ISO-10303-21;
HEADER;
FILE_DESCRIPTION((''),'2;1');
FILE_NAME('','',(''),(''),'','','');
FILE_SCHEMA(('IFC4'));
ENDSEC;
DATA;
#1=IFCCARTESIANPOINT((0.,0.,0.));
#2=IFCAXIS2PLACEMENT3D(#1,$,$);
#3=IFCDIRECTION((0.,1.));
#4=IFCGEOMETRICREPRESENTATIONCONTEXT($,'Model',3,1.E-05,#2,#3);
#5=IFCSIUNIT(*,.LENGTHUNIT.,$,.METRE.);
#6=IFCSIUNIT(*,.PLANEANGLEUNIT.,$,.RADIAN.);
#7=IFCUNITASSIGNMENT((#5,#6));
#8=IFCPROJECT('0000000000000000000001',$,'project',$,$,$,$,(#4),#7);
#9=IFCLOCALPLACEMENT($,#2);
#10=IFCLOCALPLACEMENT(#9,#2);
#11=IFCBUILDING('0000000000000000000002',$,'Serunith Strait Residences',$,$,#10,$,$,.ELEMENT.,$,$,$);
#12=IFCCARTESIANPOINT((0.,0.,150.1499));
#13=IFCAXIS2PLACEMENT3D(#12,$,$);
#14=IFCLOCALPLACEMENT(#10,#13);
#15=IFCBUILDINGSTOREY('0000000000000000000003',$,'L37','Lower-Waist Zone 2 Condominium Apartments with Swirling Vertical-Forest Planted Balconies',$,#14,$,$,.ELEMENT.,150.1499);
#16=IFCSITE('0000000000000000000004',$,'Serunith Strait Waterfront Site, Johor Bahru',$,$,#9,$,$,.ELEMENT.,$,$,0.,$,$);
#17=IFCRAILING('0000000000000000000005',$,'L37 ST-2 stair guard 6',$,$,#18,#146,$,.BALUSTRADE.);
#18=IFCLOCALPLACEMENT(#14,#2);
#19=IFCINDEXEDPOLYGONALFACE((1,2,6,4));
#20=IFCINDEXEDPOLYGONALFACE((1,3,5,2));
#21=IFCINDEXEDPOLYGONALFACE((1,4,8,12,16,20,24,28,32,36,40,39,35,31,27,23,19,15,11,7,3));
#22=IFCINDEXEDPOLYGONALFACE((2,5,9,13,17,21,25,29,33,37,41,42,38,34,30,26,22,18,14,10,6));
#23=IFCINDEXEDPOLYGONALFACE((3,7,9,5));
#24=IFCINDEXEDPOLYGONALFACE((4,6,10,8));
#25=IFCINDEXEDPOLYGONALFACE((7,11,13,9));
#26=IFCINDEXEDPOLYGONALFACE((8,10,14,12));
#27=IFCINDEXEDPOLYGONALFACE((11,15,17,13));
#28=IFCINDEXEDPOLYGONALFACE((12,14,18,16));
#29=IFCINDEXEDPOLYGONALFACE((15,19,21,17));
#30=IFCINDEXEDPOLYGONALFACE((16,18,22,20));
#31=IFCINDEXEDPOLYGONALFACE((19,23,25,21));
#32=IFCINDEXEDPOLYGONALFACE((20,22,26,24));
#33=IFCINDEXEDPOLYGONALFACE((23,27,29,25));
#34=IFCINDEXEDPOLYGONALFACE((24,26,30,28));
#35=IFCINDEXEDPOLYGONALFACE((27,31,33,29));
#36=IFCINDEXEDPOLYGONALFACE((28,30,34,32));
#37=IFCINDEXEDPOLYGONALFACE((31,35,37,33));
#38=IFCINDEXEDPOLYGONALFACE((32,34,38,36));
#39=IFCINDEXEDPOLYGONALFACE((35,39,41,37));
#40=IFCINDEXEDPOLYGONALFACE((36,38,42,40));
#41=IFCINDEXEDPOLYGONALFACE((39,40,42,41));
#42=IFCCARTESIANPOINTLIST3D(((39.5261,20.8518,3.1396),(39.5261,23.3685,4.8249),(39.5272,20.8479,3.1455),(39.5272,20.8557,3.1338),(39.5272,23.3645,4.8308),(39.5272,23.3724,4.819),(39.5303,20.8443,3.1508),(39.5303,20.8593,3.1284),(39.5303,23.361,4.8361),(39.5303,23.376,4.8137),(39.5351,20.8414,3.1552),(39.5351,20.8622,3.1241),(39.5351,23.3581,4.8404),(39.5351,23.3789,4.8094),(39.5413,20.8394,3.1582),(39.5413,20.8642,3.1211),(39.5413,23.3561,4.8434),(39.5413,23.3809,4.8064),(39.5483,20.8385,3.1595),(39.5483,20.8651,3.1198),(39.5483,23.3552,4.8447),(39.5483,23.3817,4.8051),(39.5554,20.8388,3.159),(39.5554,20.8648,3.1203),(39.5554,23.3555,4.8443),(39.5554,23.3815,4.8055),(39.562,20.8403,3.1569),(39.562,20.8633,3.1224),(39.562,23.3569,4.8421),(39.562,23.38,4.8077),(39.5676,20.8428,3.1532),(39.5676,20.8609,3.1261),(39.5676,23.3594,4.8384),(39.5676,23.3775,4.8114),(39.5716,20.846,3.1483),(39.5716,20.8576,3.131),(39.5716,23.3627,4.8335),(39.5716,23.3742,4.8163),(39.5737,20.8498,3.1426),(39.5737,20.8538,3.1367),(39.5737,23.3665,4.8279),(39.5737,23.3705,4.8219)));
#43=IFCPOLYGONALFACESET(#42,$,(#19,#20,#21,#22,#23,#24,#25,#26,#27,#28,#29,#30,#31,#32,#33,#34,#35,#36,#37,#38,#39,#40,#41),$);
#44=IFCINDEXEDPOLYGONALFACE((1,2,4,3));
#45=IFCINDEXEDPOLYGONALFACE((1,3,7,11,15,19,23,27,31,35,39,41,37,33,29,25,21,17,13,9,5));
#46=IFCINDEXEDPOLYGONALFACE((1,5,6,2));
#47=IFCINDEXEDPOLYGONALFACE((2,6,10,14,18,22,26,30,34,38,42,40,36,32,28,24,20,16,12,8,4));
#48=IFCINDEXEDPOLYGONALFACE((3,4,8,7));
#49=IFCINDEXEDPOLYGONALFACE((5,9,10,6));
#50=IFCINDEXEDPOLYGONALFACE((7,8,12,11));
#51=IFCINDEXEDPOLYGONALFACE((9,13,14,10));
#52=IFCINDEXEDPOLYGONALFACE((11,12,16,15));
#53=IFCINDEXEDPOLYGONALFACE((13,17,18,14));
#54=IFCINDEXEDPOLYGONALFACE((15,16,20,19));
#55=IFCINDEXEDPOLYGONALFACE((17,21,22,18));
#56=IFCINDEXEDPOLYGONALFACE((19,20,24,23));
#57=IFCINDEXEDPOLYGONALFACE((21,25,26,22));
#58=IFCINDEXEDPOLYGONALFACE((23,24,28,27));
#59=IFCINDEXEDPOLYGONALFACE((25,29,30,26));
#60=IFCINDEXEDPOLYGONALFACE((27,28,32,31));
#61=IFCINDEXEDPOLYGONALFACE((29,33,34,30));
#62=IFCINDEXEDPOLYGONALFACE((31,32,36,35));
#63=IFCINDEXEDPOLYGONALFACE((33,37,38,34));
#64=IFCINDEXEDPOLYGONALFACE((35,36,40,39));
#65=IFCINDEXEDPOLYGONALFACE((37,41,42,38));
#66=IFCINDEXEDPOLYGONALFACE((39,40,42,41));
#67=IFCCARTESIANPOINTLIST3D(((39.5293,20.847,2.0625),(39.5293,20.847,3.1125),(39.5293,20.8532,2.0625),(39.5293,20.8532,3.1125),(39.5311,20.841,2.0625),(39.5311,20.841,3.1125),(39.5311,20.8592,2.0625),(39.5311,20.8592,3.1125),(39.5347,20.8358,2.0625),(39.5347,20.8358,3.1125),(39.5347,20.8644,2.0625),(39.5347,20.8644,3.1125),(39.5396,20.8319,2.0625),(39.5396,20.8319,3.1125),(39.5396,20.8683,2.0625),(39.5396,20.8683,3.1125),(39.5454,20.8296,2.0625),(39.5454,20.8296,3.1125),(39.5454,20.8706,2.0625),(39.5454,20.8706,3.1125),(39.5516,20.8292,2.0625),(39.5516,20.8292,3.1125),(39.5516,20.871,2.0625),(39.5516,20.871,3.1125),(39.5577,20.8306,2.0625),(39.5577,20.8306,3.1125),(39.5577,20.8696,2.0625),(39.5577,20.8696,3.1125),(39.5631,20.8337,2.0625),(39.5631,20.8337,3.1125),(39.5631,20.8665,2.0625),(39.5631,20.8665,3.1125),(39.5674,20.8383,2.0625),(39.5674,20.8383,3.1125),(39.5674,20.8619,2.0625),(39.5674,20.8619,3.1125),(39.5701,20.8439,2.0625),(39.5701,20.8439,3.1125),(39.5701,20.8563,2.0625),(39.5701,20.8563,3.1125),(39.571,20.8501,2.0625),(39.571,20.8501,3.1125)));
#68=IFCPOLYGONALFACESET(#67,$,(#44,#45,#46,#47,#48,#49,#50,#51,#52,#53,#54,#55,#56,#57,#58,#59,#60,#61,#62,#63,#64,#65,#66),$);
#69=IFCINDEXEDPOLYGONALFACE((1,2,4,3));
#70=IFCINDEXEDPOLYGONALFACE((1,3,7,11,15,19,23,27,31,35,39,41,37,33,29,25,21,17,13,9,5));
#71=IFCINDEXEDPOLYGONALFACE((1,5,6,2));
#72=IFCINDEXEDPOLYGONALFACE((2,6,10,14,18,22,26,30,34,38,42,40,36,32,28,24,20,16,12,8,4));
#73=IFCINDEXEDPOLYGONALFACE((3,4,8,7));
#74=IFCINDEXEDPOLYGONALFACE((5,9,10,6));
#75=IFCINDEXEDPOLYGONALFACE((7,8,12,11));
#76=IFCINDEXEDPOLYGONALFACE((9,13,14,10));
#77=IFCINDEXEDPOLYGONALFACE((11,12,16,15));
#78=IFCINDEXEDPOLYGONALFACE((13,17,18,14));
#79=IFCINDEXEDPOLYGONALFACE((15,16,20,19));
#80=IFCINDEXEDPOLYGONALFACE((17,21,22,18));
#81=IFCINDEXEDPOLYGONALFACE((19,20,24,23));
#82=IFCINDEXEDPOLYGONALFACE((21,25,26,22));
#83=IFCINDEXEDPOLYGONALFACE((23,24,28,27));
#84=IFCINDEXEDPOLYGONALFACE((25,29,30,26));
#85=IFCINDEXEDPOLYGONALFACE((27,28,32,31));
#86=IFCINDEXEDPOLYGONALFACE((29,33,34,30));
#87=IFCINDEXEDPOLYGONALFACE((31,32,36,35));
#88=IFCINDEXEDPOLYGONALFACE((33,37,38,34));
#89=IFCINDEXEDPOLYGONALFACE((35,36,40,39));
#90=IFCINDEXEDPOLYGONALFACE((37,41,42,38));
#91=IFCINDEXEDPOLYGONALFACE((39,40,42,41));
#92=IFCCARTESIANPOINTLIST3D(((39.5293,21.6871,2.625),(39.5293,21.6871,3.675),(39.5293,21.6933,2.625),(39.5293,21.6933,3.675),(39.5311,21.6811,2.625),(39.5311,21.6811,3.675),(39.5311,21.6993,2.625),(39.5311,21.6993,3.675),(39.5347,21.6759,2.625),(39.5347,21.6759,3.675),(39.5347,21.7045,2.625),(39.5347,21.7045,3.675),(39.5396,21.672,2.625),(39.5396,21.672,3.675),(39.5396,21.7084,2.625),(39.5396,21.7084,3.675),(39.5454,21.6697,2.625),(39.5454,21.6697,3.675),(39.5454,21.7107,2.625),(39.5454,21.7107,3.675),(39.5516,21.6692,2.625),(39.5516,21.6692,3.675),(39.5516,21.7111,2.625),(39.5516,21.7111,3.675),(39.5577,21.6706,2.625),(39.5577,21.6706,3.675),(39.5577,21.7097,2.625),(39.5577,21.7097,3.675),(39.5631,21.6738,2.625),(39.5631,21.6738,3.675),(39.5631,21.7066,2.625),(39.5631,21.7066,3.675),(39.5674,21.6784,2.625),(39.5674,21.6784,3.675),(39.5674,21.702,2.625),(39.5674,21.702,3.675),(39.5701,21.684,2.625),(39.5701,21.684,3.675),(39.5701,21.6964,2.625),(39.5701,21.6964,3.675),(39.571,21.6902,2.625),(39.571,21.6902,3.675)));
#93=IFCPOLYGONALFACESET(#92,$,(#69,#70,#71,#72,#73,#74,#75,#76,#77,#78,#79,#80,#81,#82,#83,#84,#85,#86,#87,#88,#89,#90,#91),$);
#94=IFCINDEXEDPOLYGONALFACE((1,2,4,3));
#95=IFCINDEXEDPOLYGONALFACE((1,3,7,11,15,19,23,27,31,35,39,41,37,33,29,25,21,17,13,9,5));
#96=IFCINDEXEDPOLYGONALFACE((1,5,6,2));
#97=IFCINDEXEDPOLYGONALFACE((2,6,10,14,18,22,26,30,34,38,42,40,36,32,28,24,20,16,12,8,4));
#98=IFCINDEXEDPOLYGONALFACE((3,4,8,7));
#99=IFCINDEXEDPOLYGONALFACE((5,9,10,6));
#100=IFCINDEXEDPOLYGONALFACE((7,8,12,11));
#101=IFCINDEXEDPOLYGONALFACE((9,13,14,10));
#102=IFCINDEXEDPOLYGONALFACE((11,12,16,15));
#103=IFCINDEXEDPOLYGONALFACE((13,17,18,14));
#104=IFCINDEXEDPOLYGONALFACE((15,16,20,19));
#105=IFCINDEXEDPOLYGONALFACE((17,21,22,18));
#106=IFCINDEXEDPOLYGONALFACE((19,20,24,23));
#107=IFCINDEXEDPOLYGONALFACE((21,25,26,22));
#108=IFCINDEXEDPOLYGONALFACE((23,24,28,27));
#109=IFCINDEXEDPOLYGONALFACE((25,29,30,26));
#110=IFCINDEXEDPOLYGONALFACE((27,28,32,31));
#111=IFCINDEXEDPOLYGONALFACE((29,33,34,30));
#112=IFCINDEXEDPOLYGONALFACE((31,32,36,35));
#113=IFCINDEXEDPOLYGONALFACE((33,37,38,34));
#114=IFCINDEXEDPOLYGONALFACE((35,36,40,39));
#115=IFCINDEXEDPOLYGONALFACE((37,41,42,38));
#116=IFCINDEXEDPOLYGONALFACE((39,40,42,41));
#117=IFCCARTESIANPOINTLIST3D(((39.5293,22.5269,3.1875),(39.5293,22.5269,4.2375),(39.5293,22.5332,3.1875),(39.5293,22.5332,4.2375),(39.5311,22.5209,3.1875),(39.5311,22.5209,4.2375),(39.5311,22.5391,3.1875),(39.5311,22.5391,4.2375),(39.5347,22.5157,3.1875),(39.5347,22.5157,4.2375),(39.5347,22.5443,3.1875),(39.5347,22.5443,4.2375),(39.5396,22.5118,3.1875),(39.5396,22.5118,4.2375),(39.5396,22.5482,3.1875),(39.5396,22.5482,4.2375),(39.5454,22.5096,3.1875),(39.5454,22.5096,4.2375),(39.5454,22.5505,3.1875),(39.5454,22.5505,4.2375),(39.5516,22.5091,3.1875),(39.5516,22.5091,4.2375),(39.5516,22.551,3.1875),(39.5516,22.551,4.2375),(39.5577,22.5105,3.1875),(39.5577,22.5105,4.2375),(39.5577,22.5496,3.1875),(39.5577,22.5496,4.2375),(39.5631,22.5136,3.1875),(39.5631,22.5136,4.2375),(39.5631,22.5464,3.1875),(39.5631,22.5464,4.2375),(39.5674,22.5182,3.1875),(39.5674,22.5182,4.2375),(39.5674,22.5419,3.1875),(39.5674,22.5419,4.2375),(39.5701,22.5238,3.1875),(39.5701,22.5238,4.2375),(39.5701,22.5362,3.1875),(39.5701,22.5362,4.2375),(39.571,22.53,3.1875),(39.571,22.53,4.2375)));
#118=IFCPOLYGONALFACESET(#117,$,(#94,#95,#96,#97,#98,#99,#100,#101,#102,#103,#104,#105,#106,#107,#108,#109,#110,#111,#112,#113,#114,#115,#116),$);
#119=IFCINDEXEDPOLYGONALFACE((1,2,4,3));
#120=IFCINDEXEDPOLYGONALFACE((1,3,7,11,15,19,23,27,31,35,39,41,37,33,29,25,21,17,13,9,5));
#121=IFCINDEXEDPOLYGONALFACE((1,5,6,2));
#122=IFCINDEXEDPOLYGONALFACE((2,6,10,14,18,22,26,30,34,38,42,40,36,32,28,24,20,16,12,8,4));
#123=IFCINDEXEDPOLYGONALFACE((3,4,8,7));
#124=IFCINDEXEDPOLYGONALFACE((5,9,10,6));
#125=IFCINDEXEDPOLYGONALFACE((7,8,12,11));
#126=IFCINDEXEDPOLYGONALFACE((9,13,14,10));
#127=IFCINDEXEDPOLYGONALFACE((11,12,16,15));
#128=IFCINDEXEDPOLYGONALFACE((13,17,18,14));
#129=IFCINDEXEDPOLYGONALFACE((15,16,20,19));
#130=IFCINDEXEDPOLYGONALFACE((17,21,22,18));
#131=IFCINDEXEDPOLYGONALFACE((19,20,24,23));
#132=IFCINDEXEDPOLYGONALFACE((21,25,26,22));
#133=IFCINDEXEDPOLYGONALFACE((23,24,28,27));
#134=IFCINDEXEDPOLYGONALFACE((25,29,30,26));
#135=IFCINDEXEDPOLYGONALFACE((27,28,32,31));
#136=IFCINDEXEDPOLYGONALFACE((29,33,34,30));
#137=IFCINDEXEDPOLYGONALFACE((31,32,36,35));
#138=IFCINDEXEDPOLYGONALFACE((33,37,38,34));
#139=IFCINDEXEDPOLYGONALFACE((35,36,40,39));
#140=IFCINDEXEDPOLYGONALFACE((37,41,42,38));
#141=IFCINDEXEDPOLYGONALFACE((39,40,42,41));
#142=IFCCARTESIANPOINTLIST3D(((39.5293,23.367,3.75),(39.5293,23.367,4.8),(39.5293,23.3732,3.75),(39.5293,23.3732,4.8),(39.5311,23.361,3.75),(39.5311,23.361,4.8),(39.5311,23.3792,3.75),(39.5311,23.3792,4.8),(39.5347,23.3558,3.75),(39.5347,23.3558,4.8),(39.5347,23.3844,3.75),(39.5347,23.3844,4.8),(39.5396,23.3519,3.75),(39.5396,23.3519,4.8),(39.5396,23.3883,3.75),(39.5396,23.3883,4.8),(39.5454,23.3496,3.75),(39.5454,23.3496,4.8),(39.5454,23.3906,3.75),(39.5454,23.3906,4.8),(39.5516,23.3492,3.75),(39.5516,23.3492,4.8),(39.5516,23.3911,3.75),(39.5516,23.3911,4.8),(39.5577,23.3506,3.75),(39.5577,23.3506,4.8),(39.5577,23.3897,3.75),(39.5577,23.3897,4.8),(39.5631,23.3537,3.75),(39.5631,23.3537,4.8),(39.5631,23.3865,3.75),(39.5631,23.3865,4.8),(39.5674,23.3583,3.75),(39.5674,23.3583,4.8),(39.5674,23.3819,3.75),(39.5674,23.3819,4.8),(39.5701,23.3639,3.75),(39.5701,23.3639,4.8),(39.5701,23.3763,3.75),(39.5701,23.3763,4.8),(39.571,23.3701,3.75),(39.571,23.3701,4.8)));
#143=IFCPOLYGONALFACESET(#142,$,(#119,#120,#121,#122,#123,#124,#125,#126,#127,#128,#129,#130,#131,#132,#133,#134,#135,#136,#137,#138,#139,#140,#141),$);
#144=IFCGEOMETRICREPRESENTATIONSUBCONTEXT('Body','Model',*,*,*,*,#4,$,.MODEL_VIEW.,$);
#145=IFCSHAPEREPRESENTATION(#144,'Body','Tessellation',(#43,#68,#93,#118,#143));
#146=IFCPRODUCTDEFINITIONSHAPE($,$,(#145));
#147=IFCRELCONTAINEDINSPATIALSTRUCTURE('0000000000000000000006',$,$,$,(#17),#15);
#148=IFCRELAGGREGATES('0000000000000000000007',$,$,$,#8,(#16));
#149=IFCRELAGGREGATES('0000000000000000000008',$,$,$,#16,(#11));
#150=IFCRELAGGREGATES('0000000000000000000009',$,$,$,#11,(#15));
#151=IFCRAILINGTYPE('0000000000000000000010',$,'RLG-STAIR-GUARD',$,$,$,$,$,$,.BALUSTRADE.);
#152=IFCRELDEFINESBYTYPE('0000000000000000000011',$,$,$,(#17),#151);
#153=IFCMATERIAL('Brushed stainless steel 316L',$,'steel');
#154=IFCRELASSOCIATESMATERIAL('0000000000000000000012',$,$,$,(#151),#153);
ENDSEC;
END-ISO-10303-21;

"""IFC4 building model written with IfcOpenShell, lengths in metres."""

from ifc_helpers import new_model, si_unit, direction, frame, origin, origin_2d, place, context, subcontext, project, spatial, circle, extrude, material, type_object, element, save


model = new_model("IFC4")

# Units and contexts
model_context = context("Model", 3, precision=1e-05, world=origin(), true_north=direction((0.0, 1.0)))
body_context = subcontext(model_context, "Body", "Model", "MODEL_VIEW")
ifc_project = project(units=[si_unit("LENGTHUNIT", "METRE"), si_unit("PLANEANGLEUNIT", "RADIAN")], contexts=[model_context])

# Site, building, storey
site_placement = place(None, origin())
site = spatial("IfcSite", under=ifc_project, at=site_placement, Name="Serunith Strait Waterfront Site, Johor Bahru", CompositionType="ELEMENT", RefElevation=0.0)
building_placement = place(site_placement, origin())
building = spatial("IfcBuilding", under=site, at=building_placement, Name="Serunith Strait Residences", CompositionType="ELEMENT")
storey_placement = place(building_placement, frame((0.0, 0.0, 150.1499)))
storey = spatial("IfcBuildingStorey", under=building, at=storey_placement, Name="L37", Description="Lower-Waist Zone 2 Condominium Apartments with Swirling Vertical-Forest Planted Balconies", CompositionType="ELEMENT", Elevation=150.1499)

# Railing
ifc_material_1 = material(Name="Brushed stainless steel 316L", Category="steel")
railing_type_1 = type_object("IfcRailingType", Name="RLG-STAIR-GUARD", PredefinedType="BALUSTRADE", material=ifc_material_1)
railing_1_placement = place(storey_placement, frame((39.55, 20.8501, 2.0625)))
element("IfcRailing", 1, at=railing_1_placement, inside=storey, type_object=railing_type_1, Name="L37 ST-2 stair guard 6", PredefinedType="BALUSTRADE", context=body_context, shape_type="SweptSolid", body=[
    extrude(circle(Radius=0.0239, at=origin_2d()), frame((0.0, 0.0017, 1.0771), z_axis=(0.0, 0.830909, 0.556408), x_axis=(-1.0, 0.0, 0.0)), (0.0, 0.0, 1.0), 3.0288),
    extrude(circle(Radius=0.021, at=origin_2d()), origin(), (0.0, 0.0, 1.0), 1.05),
    extrude(circle(Radius=0.021, at=origin_2d()), frame((0.0, 0.8401, 0.5625)), (0.0, 0.0, 1.0), 1.05),
    extrude(circle(Radius=0.021, at=origin_2d()), frame((0.0, 1.6799, 1.125)), (0.0, 0.0, 1.0), 1.05),
    extrude(circle(Radius=0.021, at=origin_2d()), frame((0.0, 2.52, 1.6875)), (0.0, 0.0, 1.0), 1.05),
])

save(model, "model.ifc")
